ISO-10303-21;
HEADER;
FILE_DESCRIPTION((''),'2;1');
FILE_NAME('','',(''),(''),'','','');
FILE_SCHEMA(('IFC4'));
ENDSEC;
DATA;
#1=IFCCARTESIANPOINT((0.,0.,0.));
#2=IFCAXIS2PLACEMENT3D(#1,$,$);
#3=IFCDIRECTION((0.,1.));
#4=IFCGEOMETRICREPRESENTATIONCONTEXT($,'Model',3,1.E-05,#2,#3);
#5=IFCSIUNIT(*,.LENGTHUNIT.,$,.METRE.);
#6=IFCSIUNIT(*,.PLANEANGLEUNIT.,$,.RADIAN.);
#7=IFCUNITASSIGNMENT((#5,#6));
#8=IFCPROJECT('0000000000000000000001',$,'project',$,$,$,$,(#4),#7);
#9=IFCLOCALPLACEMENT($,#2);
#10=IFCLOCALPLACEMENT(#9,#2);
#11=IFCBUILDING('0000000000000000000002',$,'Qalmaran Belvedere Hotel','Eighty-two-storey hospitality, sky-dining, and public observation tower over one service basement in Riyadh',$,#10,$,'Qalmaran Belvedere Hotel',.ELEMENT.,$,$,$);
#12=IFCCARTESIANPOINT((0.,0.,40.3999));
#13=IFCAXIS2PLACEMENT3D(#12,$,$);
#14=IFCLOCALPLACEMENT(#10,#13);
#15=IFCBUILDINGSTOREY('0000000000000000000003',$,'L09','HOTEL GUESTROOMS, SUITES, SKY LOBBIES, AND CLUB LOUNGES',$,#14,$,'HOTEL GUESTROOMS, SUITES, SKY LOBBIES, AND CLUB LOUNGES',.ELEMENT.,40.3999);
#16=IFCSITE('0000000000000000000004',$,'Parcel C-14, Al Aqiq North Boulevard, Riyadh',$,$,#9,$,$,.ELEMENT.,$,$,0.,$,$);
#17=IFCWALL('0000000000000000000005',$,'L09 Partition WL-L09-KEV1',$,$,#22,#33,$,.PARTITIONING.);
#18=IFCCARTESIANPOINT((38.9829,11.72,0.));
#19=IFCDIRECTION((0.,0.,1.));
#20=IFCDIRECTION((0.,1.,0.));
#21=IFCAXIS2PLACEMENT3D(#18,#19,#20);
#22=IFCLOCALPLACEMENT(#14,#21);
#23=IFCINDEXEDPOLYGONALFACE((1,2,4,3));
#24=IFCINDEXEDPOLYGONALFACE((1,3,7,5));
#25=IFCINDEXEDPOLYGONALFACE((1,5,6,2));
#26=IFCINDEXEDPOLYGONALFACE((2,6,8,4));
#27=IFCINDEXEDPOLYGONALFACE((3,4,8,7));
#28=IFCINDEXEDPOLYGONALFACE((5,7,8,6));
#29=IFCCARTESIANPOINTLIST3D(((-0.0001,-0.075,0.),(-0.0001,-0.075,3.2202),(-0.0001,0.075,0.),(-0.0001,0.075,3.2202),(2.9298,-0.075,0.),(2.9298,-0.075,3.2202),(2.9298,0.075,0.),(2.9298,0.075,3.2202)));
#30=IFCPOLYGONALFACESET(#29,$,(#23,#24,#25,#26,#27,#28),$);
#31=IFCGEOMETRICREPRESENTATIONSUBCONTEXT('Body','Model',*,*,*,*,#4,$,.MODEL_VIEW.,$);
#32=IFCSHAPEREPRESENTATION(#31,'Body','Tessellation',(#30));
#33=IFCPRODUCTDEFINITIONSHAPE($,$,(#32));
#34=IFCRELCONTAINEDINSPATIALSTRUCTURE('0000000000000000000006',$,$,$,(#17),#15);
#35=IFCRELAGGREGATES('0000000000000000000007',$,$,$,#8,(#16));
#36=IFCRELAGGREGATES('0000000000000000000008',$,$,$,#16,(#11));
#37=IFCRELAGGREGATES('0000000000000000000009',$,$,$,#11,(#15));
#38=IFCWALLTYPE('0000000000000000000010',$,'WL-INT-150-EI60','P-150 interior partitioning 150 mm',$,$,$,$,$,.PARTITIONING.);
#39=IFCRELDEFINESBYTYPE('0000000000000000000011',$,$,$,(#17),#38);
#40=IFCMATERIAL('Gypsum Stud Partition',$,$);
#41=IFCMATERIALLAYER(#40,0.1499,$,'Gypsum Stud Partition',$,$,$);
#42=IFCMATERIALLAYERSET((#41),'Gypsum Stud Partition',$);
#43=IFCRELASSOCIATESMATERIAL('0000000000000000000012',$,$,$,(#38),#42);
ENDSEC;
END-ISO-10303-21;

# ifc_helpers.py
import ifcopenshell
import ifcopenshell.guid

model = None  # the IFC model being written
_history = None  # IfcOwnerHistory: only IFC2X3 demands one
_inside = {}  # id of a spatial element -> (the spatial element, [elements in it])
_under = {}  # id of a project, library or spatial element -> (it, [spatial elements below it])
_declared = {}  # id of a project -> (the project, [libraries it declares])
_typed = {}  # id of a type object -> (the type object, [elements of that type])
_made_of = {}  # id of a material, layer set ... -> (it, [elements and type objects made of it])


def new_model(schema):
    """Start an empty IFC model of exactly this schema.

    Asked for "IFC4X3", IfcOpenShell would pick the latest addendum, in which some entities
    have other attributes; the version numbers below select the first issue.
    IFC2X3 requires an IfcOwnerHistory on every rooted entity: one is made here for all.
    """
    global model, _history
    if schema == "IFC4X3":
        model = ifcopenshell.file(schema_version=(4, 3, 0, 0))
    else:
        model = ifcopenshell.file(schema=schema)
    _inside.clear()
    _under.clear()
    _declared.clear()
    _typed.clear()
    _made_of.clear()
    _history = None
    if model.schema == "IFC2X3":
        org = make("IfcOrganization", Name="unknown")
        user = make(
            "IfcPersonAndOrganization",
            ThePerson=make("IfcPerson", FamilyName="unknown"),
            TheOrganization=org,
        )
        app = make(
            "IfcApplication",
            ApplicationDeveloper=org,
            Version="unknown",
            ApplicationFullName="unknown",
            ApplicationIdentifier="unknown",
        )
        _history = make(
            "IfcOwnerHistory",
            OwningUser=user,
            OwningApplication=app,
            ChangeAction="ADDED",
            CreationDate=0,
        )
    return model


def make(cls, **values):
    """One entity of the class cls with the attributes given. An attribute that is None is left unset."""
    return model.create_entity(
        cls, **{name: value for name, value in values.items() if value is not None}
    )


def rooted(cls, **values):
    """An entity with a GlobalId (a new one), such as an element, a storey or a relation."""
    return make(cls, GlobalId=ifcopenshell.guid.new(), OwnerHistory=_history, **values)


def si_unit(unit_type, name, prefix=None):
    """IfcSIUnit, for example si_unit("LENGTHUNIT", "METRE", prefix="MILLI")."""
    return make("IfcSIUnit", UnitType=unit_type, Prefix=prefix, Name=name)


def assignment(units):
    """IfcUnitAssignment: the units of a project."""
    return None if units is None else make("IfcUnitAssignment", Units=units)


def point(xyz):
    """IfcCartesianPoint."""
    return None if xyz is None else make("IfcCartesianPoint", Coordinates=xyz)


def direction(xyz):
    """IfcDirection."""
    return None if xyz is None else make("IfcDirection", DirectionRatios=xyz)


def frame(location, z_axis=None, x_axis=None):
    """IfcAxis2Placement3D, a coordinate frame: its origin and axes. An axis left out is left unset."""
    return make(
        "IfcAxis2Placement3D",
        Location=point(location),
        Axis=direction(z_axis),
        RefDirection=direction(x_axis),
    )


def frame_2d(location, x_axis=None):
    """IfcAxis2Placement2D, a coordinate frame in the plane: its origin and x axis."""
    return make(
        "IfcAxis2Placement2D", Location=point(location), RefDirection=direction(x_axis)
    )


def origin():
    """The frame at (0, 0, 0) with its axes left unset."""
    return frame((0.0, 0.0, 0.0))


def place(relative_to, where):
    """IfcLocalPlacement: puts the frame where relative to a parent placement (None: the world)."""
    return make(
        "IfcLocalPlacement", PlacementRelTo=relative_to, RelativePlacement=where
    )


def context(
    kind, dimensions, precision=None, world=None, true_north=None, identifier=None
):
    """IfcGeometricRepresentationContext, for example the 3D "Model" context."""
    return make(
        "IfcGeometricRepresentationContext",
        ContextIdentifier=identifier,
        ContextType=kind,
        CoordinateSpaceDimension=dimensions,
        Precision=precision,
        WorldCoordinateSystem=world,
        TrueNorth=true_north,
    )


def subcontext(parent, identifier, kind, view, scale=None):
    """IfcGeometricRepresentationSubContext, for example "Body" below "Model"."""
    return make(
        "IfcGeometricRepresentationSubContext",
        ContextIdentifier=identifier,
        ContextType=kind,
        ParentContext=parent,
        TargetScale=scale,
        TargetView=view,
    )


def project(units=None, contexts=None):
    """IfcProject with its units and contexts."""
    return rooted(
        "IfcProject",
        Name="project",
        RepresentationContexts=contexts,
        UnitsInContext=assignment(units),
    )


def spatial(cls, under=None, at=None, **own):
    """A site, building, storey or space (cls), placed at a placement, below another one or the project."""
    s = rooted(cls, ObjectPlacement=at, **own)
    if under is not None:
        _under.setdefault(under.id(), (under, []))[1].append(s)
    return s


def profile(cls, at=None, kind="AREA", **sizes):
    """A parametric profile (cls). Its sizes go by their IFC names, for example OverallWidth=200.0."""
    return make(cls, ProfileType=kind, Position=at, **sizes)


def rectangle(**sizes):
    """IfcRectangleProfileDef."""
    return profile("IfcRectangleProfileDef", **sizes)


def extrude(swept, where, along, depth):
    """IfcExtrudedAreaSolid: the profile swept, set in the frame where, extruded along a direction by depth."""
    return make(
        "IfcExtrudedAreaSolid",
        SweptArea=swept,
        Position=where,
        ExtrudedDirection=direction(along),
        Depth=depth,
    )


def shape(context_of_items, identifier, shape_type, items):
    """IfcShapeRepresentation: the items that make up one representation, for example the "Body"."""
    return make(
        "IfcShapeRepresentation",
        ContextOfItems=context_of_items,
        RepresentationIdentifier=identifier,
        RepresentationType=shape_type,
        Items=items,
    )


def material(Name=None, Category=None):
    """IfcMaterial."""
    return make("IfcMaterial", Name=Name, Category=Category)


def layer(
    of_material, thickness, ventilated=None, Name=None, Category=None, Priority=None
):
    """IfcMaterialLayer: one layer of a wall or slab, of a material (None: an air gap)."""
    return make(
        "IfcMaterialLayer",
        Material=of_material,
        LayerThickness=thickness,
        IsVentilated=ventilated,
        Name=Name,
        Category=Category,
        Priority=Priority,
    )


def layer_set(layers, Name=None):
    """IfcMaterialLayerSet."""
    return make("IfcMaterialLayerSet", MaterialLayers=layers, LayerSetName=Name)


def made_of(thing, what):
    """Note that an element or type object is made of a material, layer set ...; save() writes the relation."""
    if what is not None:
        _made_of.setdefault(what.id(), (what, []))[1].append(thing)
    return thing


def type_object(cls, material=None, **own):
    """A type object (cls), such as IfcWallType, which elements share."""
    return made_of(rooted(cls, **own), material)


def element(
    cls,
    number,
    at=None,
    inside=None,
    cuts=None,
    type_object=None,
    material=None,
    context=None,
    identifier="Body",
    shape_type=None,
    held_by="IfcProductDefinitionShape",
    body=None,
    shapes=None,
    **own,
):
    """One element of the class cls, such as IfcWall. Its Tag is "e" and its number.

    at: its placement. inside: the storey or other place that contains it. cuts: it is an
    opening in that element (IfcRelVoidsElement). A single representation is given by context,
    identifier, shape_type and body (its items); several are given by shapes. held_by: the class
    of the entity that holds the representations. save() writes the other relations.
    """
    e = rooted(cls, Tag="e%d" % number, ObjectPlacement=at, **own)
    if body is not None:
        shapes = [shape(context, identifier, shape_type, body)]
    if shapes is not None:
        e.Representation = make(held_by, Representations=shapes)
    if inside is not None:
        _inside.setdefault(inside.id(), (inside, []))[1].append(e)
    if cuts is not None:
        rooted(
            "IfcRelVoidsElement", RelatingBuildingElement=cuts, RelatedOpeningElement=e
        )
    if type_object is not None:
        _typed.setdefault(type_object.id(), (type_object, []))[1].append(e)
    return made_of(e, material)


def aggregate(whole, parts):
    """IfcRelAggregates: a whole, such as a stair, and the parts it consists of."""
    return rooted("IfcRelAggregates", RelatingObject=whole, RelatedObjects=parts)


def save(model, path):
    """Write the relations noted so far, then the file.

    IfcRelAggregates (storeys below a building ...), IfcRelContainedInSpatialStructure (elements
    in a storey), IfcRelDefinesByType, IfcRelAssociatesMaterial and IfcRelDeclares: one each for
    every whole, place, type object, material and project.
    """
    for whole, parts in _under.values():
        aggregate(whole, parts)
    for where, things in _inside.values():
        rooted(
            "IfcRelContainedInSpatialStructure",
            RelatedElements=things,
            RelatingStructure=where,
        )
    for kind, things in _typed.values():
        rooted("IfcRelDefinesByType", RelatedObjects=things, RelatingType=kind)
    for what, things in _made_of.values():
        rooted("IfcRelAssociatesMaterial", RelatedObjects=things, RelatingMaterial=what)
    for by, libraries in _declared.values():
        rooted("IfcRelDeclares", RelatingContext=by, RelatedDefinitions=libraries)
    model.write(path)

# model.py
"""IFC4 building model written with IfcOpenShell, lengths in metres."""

from ifc_helpers import new_model, si_unit, direction, frame, frame_2d, origin, place, context, subcontext, project, spatial, rectangle, extrude, material, layer, layer_set, type_object, element, save


model = new_model("IFC4")

# Units and contexts
model_context = context("Model", 3, precision=1e-05, world=origin(), true_north=direction((0.0, 1.0)))
body_context = subcontext(model_context, "Body", "Model", "MODEL_VIEW")
ifc_project = project(units=[si_unit("LENGTHUNIT", "METRE"), si_unit("PLANEANGLEUNIT", "RADIAN")], contexts=[model_context])

# Site, building, storey
site_placement = place(None, origin())
site = spatial("IfcSite", under=ifc_project, at=site_placement, Name="Parcel C-14, Al Aqiq North Boulevard, Riyadh", CompositionType="ELEMENT", RefElevation=0.0)
building_placement = place(site_placement, origin())
building = spatial("IfcBuilding", under=site, at=building_placement, Name="Qalmaran Belvedere Hotel", Description="Eighty-two-storey hospitality, sky-dining, and public observation tower over one service basement in Riyadh", LongName="Qalmaran Belvedere Hotel", CompositionType="ELEMENT")
storey_placement = place(building_placement, frame((0.0, 0.0, 40.3999)))
storey = spatial("IfcBuildingStorey", under=building, at=storey_placement, Name="L09", Description="HOTEL GUESTROOMS, SUITES, SKY LOBBIES, AND CLUB LOUNGES", LongName="HOTEL GUESTROOMS, SUITES, SKY LOBBIES, AND CLUB LOUNGES", CompositionType="ELEMENT", Elevation=40.3999)

# Wall
ifc_material_1 = material(Name="Gypsum Stud Partition")
ifc_layer_1 = layer(ifc_material_1, 0.1499, Name="Gypsum Stud Partition")
ifc_layer_set_1 = layer_set([ifc_layer_1], Name="Gypsum Stud Partition")
wall_type_1 = type_object("IfcWallType", Name="WL-INT-150-EI60", Description="P-150 interior partitioning 150 mm", PredefinedType="PARTITIONING", material=ifc_layer_set_1)
wall_1_placement = place(storey_placement, frame((38.9829, 11.72, 0.0), z_axis=(0.0, 0.0, 1.0), x_axis=(0.0, 1.0, 0.0)))
element("IfcWall", 1, at=wall_1_placement, inside=storey, type_object=wall_type_1, Name="L09 Partition WL-L09-KEV1", PredefinedType="PARTITIONING", context=body_context, shape_type="SweptSolid", body=[
    extrude(rectangle(XDim=2.9299, YDim=0.1499, at=frame_2d((1.4648, 0.0))), origin(), (0.0, 0.0, 1.0), 3.2202),
])

save(model, "model.ifc")
